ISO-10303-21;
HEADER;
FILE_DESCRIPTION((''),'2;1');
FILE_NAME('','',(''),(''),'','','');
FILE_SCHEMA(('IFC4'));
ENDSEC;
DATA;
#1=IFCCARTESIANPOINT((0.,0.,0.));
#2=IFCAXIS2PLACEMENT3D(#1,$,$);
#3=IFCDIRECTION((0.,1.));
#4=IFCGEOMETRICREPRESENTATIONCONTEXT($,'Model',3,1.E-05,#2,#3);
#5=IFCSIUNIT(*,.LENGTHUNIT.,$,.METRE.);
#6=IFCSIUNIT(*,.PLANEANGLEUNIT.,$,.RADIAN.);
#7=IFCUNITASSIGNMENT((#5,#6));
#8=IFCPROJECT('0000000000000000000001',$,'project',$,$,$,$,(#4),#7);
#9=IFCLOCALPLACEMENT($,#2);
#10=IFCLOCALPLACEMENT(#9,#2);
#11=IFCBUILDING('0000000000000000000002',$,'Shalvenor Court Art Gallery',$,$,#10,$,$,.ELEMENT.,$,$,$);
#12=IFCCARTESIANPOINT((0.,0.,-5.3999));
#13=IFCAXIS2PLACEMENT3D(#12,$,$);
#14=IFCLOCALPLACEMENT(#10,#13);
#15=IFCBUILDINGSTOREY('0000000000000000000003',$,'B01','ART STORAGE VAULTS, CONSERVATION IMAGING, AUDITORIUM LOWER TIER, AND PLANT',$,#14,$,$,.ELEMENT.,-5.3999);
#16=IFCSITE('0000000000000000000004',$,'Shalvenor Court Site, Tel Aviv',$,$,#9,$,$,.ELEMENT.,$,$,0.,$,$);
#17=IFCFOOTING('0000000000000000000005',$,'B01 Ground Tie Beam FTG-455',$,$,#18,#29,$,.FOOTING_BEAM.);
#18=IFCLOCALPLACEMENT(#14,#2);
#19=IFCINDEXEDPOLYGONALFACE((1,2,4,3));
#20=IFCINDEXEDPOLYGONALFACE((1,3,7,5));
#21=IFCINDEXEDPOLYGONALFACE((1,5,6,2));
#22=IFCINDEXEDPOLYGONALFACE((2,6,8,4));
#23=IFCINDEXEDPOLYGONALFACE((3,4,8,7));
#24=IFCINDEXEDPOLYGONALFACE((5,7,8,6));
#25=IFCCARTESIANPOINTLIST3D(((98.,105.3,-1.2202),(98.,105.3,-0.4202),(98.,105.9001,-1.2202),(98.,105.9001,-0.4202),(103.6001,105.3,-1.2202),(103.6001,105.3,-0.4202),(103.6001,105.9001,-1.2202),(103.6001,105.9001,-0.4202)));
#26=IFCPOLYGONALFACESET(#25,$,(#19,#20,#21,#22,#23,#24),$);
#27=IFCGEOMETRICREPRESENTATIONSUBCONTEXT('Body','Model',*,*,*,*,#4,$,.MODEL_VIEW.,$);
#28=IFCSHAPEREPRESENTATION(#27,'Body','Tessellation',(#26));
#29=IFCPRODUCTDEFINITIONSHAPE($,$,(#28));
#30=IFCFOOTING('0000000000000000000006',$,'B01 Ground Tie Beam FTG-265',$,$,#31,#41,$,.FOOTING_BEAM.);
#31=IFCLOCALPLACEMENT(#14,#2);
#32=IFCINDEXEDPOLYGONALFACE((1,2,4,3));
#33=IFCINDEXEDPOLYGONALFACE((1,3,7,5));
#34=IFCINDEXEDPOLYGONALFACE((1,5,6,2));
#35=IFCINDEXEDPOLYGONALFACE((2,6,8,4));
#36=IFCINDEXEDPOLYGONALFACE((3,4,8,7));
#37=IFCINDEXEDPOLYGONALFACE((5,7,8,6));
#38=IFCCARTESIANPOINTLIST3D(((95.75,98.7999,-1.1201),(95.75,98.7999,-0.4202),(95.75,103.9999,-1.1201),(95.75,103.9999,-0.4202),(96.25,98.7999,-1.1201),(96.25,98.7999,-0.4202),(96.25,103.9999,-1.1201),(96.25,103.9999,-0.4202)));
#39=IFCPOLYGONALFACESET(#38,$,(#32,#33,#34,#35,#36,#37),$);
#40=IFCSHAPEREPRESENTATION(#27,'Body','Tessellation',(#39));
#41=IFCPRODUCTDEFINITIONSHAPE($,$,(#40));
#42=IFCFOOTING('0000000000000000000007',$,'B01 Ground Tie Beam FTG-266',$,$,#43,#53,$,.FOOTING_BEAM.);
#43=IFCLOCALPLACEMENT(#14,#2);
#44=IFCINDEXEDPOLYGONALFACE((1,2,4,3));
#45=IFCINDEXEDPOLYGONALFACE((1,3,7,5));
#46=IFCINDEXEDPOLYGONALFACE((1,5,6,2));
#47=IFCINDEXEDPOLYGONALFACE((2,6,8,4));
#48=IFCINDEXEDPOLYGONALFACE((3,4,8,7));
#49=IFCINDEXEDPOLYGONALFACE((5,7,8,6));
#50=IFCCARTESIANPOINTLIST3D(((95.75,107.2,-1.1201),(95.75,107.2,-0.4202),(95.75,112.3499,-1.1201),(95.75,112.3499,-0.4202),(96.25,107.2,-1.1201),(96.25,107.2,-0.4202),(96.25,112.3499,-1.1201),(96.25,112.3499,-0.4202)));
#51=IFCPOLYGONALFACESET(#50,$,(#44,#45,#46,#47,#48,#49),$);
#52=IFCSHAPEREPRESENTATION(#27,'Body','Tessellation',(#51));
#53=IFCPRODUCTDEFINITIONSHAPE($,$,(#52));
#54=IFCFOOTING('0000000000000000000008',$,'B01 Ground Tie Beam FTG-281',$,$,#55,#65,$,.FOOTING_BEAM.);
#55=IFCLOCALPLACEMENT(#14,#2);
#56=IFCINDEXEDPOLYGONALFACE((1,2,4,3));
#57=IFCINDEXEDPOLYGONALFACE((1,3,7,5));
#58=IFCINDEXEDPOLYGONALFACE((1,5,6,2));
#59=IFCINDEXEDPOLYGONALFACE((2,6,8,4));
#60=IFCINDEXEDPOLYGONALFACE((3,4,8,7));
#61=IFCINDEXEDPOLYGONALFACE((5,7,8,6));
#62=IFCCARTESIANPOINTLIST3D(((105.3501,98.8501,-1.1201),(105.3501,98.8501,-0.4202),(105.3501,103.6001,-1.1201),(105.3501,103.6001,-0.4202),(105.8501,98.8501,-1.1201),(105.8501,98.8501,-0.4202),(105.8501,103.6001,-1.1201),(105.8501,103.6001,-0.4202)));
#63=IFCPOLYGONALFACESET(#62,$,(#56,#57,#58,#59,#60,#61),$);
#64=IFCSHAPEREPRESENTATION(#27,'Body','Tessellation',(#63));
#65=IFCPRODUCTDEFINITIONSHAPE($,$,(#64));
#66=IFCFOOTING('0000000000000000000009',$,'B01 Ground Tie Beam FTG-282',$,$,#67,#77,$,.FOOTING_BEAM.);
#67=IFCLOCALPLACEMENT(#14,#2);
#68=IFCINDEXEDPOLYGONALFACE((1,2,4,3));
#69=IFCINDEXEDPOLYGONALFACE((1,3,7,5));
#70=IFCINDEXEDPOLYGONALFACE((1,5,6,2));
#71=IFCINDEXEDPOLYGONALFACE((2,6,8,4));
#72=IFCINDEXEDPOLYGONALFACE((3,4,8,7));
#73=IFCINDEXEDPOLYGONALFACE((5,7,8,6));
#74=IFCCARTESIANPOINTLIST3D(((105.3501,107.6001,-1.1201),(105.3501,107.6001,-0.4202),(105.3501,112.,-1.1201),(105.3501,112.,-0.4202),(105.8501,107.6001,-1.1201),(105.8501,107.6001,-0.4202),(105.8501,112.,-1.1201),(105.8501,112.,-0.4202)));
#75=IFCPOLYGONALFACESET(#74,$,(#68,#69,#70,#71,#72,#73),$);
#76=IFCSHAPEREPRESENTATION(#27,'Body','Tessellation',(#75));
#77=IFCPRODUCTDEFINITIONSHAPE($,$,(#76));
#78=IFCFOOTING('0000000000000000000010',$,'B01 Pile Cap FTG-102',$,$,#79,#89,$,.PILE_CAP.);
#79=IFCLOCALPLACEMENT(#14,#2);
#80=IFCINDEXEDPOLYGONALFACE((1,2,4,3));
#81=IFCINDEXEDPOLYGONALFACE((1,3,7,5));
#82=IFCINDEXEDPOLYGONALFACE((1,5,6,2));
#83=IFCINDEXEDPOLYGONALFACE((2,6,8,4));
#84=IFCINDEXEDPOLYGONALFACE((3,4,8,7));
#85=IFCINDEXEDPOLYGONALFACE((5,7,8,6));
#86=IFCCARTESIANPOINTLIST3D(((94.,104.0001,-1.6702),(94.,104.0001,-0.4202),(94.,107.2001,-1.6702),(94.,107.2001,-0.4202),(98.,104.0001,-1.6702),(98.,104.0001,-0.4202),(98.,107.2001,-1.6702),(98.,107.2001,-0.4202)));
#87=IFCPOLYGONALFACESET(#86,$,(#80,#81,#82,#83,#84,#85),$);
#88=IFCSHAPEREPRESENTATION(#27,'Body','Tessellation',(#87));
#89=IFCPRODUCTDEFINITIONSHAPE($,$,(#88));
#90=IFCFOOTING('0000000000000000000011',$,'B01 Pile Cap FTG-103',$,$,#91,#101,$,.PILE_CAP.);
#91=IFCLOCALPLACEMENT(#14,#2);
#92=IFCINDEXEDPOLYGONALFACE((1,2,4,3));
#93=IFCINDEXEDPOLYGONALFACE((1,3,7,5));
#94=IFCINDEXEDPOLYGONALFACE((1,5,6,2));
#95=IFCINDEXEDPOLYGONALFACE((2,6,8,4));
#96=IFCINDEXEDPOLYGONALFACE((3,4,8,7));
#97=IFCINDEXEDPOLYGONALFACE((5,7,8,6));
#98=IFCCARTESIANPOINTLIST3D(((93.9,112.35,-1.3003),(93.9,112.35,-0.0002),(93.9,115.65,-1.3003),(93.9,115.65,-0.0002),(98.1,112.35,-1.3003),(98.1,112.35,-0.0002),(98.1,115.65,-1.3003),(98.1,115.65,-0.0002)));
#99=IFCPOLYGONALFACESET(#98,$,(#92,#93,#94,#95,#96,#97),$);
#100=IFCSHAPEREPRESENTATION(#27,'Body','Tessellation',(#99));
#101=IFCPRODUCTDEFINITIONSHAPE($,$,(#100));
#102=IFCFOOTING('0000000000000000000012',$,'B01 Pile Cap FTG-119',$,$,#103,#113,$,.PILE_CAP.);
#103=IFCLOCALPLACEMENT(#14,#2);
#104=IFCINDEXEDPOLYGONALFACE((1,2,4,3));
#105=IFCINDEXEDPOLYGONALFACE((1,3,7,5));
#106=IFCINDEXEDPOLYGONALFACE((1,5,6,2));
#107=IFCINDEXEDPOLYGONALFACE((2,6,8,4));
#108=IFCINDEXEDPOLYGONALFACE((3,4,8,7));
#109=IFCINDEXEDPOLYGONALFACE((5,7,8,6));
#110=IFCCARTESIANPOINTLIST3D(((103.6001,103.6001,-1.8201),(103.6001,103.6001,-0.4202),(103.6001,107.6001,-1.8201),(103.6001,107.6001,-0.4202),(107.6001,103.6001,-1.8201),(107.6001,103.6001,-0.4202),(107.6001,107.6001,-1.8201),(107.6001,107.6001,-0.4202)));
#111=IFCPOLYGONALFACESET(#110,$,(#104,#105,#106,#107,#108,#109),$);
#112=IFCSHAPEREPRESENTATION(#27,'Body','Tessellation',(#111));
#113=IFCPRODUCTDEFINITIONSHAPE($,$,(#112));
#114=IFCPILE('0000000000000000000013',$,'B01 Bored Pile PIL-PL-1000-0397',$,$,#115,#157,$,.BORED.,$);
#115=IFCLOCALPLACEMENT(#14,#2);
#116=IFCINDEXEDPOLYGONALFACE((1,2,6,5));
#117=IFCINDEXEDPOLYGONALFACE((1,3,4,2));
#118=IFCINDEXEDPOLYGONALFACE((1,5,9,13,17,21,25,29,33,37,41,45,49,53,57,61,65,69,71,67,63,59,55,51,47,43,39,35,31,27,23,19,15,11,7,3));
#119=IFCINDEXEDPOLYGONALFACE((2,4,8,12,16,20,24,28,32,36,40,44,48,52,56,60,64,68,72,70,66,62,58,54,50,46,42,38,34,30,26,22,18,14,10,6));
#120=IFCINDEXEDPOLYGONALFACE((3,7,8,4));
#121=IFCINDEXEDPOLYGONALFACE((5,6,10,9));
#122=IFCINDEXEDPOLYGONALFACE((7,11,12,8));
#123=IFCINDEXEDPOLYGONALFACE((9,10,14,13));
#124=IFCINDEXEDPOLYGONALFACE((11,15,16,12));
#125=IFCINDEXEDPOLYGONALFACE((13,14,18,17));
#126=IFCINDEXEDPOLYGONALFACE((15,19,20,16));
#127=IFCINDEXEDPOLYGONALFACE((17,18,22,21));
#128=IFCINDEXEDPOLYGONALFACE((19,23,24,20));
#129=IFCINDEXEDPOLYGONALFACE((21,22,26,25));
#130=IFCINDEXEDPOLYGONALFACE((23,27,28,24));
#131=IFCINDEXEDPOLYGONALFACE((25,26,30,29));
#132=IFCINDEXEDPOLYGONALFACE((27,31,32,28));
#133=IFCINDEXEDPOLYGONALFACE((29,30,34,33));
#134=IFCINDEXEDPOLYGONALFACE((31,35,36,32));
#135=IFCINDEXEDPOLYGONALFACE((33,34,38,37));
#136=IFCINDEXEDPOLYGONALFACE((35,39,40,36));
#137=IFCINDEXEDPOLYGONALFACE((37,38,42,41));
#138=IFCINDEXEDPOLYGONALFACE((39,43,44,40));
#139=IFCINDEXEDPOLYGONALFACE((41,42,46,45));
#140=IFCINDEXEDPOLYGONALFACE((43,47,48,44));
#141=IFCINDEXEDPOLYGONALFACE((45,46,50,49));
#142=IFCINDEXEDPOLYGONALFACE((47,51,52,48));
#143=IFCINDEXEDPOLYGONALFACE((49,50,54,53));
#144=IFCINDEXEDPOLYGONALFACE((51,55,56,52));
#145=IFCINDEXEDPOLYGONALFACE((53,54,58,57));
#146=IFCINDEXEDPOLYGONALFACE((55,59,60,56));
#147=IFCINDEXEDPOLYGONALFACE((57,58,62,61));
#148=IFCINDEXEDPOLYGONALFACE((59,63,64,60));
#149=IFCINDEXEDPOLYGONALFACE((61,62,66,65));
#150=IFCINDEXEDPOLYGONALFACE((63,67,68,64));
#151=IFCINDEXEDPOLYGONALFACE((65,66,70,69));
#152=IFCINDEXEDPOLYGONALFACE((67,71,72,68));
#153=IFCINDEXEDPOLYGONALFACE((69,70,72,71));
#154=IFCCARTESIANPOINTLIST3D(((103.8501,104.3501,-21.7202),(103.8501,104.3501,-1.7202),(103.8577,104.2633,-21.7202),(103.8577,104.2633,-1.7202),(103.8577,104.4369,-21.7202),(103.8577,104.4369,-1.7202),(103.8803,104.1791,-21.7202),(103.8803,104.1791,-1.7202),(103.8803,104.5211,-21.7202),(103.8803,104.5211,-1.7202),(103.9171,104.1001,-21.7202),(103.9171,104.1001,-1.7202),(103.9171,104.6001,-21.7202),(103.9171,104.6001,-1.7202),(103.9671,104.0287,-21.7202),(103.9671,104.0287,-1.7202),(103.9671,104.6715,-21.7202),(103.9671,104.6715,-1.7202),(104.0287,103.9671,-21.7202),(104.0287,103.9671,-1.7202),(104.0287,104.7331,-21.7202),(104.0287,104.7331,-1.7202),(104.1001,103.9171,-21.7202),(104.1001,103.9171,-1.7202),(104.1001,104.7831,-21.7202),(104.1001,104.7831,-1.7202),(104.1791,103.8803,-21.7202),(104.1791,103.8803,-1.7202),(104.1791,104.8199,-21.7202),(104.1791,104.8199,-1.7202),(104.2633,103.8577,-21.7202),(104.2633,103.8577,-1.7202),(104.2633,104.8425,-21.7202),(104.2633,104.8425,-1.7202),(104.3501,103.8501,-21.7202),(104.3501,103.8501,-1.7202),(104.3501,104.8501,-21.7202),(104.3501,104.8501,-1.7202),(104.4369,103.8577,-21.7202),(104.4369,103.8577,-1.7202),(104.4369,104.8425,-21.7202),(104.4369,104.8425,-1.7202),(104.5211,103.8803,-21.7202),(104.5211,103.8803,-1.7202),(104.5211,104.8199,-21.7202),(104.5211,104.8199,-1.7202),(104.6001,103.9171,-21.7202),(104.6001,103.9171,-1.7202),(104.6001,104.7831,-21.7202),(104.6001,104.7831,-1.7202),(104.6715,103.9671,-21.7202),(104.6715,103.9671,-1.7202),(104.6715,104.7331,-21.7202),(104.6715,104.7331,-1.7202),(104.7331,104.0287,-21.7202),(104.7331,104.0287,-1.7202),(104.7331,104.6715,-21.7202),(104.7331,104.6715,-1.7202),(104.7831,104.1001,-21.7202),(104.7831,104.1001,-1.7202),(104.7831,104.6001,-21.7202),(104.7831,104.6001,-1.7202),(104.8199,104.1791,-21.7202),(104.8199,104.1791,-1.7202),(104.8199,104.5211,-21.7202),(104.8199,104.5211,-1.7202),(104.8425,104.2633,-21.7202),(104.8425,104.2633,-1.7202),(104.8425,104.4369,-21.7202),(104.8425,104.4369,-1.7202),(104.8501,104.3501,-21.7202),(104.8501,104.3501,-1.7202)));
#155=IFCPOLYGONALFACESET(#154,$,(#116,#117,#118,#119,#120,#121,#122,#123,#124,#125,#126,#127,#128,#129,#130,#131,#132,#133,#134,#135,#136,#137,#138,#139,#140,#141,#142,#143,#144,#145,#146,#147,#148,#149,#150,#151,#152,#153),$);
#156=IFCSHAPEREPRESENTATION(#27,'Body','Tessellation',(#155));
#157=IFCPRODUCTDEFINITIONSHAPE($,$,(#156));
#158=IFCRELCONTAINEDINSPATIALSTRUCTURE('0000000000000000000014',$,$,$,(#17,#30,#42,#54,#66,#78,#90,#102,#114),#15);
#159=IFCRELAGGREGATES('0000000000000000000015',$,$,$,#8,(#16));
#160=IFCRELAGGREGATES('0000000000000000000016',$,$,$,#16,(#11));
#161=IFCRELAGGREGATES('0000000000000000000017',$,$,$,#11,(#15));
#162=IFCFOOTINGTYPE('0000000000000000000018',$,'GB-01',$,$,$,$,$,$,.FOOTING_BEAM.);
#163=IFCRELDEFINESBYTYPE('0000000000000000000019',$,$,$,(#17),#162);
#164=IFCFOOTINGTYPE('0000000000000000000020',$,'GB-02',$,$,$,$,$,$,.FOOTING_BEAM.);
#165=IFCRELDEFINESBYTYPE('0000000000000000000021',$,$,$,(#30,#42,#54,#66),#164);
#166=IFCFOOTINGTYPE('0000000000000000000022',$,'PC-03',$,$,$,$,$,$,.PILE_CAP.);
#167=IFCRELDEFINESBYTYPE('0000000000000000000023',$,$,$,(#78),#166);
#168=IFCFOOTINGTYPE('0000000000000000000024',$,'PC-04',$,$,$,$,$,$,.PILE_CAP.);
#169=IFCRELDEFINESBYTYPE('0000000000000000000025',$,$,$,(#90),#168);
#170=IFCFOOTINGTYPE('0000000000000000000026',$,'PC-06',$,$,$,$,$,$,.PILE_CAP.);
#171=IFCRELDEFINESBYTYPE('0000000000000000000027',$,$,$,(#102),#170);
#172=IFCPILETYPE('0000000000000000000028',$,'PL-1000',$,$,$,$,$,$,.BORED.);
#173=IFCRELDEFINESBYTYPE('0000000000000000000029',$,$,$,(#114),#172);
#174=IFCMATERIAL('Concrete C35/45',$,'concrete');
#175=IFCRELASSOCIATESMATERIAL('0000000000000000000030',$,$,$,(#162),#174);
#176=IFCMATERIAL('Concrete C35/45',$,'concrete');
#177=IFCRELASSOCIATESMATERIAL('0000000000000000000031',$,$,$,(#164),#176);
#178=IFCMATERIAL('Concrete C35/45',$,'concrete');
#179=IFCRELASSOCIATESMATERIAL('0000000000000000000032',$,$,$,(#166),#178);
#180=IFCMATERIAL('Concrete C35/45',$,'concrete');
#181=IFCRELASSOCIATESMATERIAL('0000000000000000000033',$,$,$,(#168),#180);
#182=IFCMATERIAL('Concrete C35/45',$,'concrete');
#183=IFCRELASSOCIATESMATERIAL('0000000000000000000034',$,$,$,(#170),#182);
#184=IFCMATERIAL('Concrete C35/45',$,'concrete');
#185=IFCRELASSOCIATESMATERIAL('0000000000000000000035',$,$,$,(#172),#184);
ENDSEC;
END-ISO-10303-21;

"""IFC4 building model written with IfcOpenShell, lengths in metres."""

from ifc_helpers import new_model, si_unit, direction, frame, origin, origin_2d, place, context, subcontext, project, spatial, rectangle, circle, extrude, material, material_profile, profile_set, type_object, element, save


model = new_model("IFC4")

# Units and contexts
model_context = context("Model", 3, precision=1e-05, world=origin(), true_north=direction((0.0, 1.0)))
body_context = subcontext(model_context, "Body", "Model", "MODEL_VIEW")
ifc_project = project(units=[si_unit("LENGTHUNIT", "METRE"), si_unit("PLANEANGLEUNIT", "RADIAN")], contexts=[model_context])

# Site, building, storey
site_placement = place(None, origin())
site = spatial("IfcSite", under=ifc_project, at=site_placement, Name="Shalvenor Court Site, Tel Aviv", CompositionType="ELEMENT", RefElevation=0.0)
building_placement = place(site_placement, origin())
building = spatial("IfcBuilding", under=site, at=building_placement, Name="Shalvenor Court Art Gallery", CompositionType="ELEMENT")
storey_placement = place(building_placement, frame((0.0, 0.0, -5.3999)))
storey = spatial("IfcBuildingStorey", under=building, at=storey_placement, Name="B01", Description="ART STORAGE VAULTS, CONSERVATION IMAGING, AUDITORIUM LOWER TIER, AND PLANT", CompositionType="ELEMENT", Elevation=-5.3999)

# Footings
ifc_material_1 = material(Name="Concrete C35/45", Category="concrete")
footing_type_1 = type_object("IfcFootingType", Name="GB-01", PredefinedType="FOOTING_BEAM", material=ifc_material_1)
footing_1_placement = place(storey_placement, frame((100.8, 105.6001, -1.2202), z_axis=(0.0, 0.0, 1.0), x_axis=(1.0, 0.0, 0.0)))
element("IfcFooting", 1, at=footing_1_placement, inside=storey, type_object=footing_type_1, Name="B01 Ground Tie Beam FTG-455", PredefinedType="FOOTING_BEAM", context=body_context, shape_type="SweptSolid", body=[
    extrude(rectangle(XDim=5.6001, YDim=0.6001, at=origin_2d()), origin(), (0.0, 0.0, 1.0), 0.8),
])
ifc_material_2 = material(Name="Concrete C35/45", Category="concrete")
footing_type_2 = type_object("IfcFootingType", Name="GB-02", PredefinedType="FOOTING_BEAM", material=ifc_material_2)
footing_2_placement = place(storey_placement, frame((96.0, 101.3999, -1.1201), z_axis=(0.0, 0.0, 1.0), x_axis=(0.0, 1.0, 0.0)))
element("IfcFooting", 2, at=footing_2_placement, inside=storey, type_object=footing_type_2, Name="B01 Ground Tie Beam FTG-265", PredefinedType="FOOTING_BEAM", context=body_context, shape_type="SweptSolid", body=[
    extrude(rectangle(XDim=5.2, YDim=0.5, at=origin_2d()), origin(), (0.0, 0.0, 1.0), 0.7),
])
footing_3_placement = place(storey_placement, frame((96.0, 109.7749, -1.1201), z_axis=(0.0, 0.0, 1.0), x_axis=(0.0, 1.0, 0.0)))
element("IfcFooting", 3, at=footing_3_placement, inside=storey, type_object=footing_type_2, Name="B01 Ground Tie Beam FTG-266", PredefinedType="FOOTING_BEAM", context=body_context, shape_type="SweptSolid", body=[
    extrude(rectangle(XDim=5.1499, YDim=0.5, at=origin_2d()), origin(), (0.0, 0.0, 1.0), 0.7),
])
footing_4_placement = place(storey_placement, frame((105.6001, 101.2251, -1.1201), z_axis=(0.0, 0.0, 1.0), x_axis=(0.0, 1.0, 0.0)))
element("IfcFooting", 4, at=footing_4_placement, inside=storey, type_object=footing_type_2, Name="B01 Ground Tie Beam FTG-281", PredefinedType="FOOTING_BEAM", context=body_context, shape_type="SweptSolid", body=[
    extrude(rectangle(XDim=4.75, YDim=0.5, at=origin_2d()), origin(), (0.0, 0.0, 1.0), 0.7),
])
footing_5_placement = place(storey_placement, frame((105.6001, 109.8, -1.1201), z_axis=(0.0, 0.0, 1.0), x_axis=(0.0, 1.0, 0.0)))
element("IfcFooting", 5, at=footing_5_placement, inside=storey, type_object=footing_type_2, Name="B01 Ground Tie Beam FTG-282", PredefinedType="FOOTING_BEAM", context=body_context, shape_type="SweptSolid", body=[
    extrude(rectangle(XDim=4.3999, YDim=0.5, at=origin_2d()), origin(), (0.0, 0.0, 1.0), 0.7),
])
ifc_material_3 = material(Name="Concrete C35/45", Category="concrete")
footing_type_3 = type_object("IfcFootingType", Name="PC-03", PredefinedType="PILE_CAP", material=ifc_material_3)
footing_6_placement = place(storey_placement, frame((96.0, 105.6001, -1.6702), z_axis=(0.0, 0.0, 1.0), x_axis=(1.0, 0.0, 0.0)))
element("IfcFooting", 6, at=footing_6_placement, inside=storey, type_object=footing_type_3, Name="B01 Pile Cap FTG-102", PredefinedType="PILE_CAP", context=body_context, shape_type="SweptSolid", body=[
    extrude(rectangle(XDim=4.0, YDim=3.2, at=origin_2d()), origin(), (0.0, 0.0, 1.0), 1.25),
])
ifc_material_4 = material(Name="Concrete C35/45", Category="concrete")
footing_type_4 = type_object("IfcFootingType", Name="PC-04", PredefinedType="PILE_CAP", material=ifc_material_4)
footing_7_placement = place(storey_placement, frame((96.0, 114.0, -1.3003), z_axis=(0.0, 0.0, 1.0), x_axis=(1.0, 0.0, 0.0)))
element("IfcFooting", 7, at=footing_7_placement, inside=storey, type_object=footing_type_4, Name="B01 Pile Cap FTG-103", PredefinedType="PILE_CAP", context=body_context, shape_type="SweptSolid", body=[
    extrude(rectangle(XDim=4.2, YDim=3.3, at=origin_2d()), origin(), (0.0, 0.0, 1.0), 1.3),
])
ifc_material_5 = material(Name="Concrete C35/45", Category="concrete")
footing_type_5 = type_object("IfcFootingType", Name="PC-06", PredefinedType="PILE_CAP", material=ifc_material_5)
footing_8_placement = place(storey_placement, frame((105.6001, 105.6001, -1.8201), z_axis=(0.0, 0.0, 1.0), x_axis=(1.0, 0.0, 0.0)))
element("IfcFooting", 8, at=footing_8_placement, inside=storey, type_object=footing_type_5, Name="B01 Pile Cap FTG-119", PredefinedType="PILE_CAP", context=body_context, shape_type="SweptSolid", body=[
    extrude(rectangle(XDim=4.0, YDim=4.0, at=origin_2d()), origin(), (0.0, 0.0, 1.0), 1.3999),
])

# Pile
ifc_material_6 = material(Name="Concrete C35/45", Category="concrete")
ifc_material_profile_1 = material_profile(ifc_material_6, circle(Radius=0.5, at=origin_2d()), Name="PILE 1000")
ifc_profile_set_1 = profile_set([ifc_material_profile_1], Name="Concrete C35/45")
pile_type_1 = type_object("IfcPileType", Name="PL-1000", PredefinedType="BORED", material=ifc_profile_set_1)
for number, where, z_axis, x_axis, name in (
    (9, (104.3501, 104.3501, -1.7202), (0.0, 0.0, -1.0), (1.0, 0.0, 0.0), "B01 Bored Pile PIL-PL-1000-0397"),
):
    element("IfcPile", number, at=place(storey_placement, frame(where, z_axis=z_axis, x_axis=x_axis)), inside=storey, type_object=pile_type_1, Name=name, PredefinedType="BORED", context=body_context, shape_type="SweptSolid", body=[
        extrude(circle(Radius=0.5, at=origin_2d()), origin(), (0.0, 0.0, 1.0), 20.0),
    ])

save(model, "model.ifc")
